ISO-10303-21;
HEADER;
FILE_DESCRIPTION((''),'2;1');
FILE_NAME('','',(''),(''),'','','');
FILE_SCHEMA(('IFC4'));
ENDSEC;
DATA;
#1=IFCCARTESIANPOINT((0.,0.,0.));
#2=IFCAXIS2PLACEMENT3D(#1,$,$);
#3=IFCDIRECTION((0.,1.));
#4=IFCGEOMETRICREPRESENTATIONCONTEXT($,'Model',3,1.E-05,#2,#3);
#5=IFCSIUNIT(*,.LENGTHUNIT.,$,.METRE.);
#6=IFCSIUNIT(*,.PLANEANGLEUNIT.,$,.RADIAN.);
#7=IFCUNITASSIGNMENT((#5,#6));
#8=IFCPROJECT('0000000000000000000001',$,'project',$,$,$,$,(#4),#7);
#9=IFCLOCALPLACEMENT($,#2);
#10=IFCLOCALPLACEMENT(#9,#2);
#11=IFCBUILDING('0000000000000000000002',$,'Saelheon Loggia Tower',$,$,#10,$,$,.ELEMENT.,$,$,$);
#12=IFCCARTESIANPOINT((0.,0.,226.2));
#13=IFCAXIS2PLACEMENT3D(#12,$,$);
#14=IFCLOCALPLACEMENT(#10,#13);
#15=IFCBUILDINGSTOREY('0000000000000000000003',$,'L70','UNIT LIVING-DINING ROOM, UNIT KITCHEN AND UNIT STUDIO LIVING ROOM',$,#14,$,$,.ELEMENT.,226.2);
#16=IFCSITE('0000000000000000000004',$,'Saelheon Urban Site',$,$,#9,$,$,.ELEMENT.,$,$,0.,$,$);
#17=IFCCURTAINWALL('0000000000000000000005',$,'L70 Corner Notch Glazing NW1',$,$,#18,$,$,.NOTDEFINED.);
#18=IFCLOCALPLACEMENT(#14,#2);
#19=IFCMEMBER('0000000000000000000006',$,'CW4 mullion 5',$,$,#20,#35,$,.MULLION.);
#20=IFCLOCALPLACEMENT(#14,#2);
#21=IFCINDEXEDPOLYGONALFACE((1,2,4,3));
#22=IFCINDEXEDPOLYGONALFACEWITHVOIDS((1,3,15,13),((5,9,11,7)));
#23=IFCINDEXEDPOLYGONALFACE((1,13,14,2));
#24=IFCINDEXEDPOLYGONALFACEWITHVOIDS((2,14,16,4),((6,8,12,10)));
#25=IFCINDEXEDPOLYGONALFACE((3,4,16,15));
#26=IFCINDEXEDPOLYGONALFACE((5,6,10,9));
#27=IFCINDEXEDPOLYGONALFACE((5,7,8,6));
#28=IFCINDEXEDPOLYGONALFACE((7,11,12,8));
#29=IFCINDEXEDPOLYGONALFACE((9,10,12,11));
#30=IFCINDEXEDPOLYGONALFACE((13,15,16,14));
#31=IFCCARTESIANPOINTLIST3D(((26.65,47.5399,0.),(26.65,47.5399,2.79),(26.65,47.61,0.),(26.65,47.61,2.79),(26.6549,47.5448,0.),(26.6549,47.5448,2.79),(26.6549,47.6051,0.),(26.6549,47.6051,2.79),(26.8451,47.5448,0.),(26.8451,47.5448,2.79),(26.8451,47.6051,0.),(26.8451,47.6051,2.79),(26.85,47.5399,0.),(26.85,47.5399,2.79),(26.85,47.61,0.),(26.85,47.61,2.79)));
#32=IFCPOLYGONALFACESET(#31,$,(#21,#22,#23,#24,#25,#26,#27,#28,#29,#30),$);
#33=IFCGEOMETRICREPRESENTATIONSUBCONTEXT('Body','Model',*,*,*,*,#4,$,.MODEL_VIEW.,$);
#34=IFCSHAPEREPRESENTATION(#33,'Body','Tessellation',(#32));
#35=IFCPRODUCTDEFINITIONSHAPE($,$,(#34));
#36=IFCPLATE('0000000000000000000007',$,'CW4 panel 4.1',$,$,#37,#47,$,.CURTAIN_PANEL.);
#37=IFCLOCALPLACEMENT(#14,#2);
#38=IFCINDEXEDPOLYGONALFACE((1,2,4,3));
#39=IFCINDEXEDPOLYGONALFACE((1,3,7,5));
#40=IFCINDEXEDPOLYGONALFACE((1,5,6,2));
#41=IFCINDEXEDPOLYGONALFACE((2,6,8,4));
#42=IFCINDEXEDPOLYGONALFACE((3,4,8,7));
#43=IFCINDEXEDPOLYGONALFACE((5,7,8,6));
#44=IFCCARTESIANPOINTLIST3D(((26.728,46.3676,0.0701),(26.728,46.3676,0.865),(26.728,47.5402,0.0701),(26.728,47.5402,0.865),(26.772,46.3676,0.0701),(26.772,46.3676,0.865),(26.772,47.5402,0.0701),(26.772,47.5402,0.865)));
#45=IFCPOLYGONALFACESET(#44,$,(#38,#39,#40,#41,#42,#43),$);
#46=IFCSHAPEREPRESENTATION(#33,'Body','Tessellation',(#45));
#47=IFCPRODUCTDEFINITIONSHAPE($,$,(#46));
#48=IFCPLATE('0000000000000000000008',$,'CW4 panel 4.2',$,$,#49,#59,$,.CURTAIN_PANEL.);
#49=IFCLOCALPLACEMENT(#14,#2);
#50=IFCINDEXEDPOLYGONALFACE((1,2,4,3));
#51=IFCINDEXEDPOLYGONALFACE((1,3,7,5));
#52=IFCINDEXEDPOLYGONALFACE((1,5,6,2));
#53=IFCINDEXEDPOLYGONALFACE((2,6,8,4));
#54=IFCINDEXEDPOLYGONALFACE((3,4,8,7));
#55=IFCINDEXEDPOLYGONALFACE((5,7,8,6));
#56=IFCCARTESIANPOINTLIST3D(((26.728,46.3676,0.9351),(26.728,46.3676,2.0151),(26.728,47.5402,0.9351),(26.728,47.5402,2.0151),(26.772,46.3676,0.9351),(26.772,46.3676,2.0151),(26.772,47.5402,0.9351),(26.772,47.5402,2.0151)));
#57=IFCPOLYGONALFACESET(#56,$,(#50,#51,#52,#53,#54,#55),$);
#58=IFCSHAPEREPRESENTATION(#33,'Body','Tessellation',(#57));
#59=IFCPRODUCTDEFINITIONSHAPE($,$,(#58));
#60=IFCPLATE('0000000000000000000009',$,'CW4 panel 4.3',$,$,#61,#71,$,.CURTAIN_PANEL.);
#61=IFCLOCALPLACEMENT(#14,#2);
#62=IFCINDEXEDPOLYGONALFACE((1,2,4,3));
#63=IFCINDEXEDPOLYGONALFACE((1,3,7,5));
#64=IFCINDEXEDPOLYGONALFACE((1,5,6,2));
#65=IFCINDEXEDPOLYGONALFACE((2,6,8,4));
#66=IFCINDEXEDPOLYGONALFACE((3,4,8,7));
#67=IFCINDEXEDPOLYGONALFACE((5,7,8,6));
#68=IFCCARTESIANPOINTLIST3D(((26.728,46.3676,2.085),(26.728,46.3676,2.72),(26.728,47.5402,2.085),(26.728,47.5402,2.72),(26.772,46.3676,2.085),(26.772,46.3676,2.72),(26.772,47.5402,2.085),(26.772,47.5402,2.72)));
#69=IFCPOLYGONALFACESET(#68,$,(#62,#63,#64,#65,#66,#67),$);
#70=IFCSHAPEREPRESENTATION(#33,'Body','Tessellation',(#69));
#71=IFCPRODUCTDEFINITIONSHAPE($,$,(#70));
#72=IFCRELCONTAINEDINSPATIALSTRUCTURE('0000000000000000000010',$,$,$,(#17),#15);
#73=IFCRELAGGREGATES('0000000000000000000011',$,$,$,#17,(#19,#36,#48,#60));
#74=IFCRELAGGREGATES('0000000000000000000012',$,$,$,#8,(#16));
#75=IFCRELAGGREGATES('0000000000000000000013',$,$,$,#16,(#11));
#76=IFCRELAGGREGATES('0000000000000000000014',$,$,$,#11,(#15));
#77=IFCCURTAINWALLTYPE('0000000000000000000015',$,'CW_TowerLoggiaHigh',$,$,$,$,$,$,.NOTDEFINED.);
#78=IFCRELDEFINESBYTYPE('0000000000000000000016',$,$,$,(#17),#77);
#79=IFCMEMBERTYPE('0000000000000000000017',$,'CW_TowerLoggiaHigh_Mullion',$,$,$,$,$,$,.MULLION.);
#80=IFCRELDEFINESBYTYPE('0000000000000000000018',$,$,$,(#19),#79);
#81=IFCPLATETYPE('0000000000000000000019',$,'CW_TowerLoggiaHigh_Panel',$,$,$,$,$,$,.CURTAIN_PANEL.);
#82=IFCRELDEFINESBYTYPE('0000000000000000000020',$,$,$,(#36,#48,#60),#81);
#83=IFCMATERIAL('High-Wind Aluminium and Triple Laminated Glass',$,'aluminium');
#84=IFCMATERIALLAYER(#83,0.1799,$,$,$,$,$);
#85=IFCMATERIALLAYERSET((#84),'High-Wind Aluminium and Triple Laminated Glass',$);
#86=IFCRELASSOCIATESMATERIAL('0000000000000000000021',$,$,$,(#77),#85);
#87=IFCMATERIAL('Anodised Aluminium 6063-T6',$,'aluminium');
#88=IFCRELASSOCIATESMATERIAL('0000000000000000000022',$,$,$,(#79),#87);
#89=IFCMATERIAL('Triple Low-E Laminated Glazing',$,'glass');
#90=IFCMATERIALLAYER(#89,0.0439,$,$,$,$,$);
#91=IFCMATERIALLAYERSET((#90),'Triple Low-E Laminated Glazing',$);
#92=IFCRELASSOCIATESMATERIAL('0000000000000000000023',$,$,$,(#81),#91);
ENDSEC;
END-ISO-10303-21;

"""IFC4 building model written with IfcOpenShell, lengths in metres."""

from ifc_helpers import new_model, si_unit, direction, frame, origin, origin_2d, place, context, subcontext, project, spatial, rectangle, hollow_rectangle, extrude, source, transform, mapped, material, layer, layer_set, material_profile, profile_set, type_object, element, aggregate, save


model = new_model("IFC4")

# Units and contexts
model_context = context("Model", 3, precision=1e-05, world=origin(), true_north=direction((0.0, 1.0)))
body_context = subcontext(model_context, "Body", "Model", "MODEL_VIEW")
ifc_project = project(units=[si_unit("LENGTHUNIT", "METRE"), si_unit("PLANEANGLEUNIT", "RADIAN")], contexts=[model_context])

# Site, building, storey
site_placement = place(None, origin())
site = spatial("IfcSite", under=ifc_project, at=site_placement, Name="Saelheon Urban Site", CompositionType="ELEMENT", RefElevation=0.0)
building_placement = place(site_placement, origin())
building = spatial("IfcBuilding", under=site, at=building_placement, Name="Saelheon Loggia Tower", CompositionType="ELEMENT")
storey_placement = place(building_placement, frame((0.0, 0.0, 226.2)))
storey = spatial("IfcBuildingStorey", under=building, at=storey_placement, Name="L70", Description="UNIT LIVING-DINING ROOM, UNIT KITCHEN AND UNIT STUDIO LIVING ROOM", CompositionType="ELEMENT", Elevation=226.2)

# Curtain wall, member, plates
ifc_material_1 = material(Name="High-Wind Aluminium and Triple Laminated Glass", Category="aluminium")
ifc_layer_1 = layer(ifc_material_1, 0.1799)
ifc_layer_set_1 = layer_set([ifc_layer_1], Name="High-Wind Aluminium and Triple Laminated Glass")
curtain_wall_type = type_object("IfcCurtainWallType", Name="CW_TowerLoggiaHigh", PredefinedType="NOTDEFINED", material=ifc_layer_set_1)
curtain_wall_placement = place(storey_placement, origin())
curtain_wall = element("IfcCurtainWall", 1, at=curtain_wall_placement, inside=storey, type_object=curtain_wall_type, Name="L70 Corner Notch Glazing NW1", PredefinedType="NOTDEFINED")
ifc_material_2 = material(Name="Anodised Aluminium 6063-T6", Category="aluminium")
ifc_material_profile_1 = material_profile(ifc_material_2, hollow_rectangle(XDim=0.0701, YDim=0.2, WallThickness=0.0049, at=origin_2d()), Name="RHS-200x70x5")
ifc_profile_set_1 = profile_set([ifc_material_profile_1], Name="Anodised Aluminium 6063-T6")
member_type_1 = type_object("IfcMemberType", Name="CW_TowerLoggiaHigh_Mullion", PredefinedType="MULLION", material=ifc_profile_set_1)
shared_shape_1 = source(origin(), body_context, "Body", "SweptSolid", [
    extrude(hollow_rectangle(XDim=0.0701, YDim=0.2, WallThickness=0.0049, at=origin_2d()), origin(), (0.0, 0.0, 1.0), 2.79),
])
member_1_placement = place(storey_placement, frame((26.75, 47.575, 0.0), z_axis=(0.0, 0.0, 1.0), x_axis=(0.0, 1.0, 0.0)))
member_1 = element("IfcMember", 2, at=member_1_placement, type_object=member_type_1, Name="CW4 mullion 5", PredefinedType="MULLION", context=body_context, shape_type="MappedRepresentation", body=[
    mapped(shared_shape_1, transform((0.0, 0.0, 0.0), scale=1.0)),
])
ifc_material_3 = material(Name="Triple Low-E Laminated Glazing", Category="glass")
ifc_layer_2 = layer(ifc_material_3, 0.0439)
ifc_layer_set_2 = layer_set([ifc_layer_2], Name="Triple Low-E Laminated Glazing")
plate_type = type_object("IfcPlateType", Name="CW_TowerLoggiaHigh_Panel", PredefinedType="CURTAIN_PANEL", material=ifc_layer_set_2)
shared_shape_2 = source(origin(), body_context, "Body", "SweptSolid", [
    extrude(rectangle(XDim=1.1726, YDim=0.0439, at=origin_2d()), origin(), (0.0, 0.0, 1.0), 0.7949),
])
plate_1_placement = place(storey_placement, frame((26.75, 46.9539, 0.0701), z_axis=(0.0, 0.0, 1.0), x_axis=(0.0, 1.0, 0.0)))
plate_1 = element("IfcPlate", 3, at=plate_1_placement, type_object=plate_type, Name="CW4 panel 4.1", PredefinedType="CURTAIN_PANEL", context=body_context, shape_type="MappedRepresentation", body=[
    mapped(shared_shape_2, transform((0.0, 0.0, 0.0), scale=1.0)),
])
shared_shape_3 = source(origin(), body_context, "Body", "SweptSolid", [
    extrude(rectangle(XDim=1.1726, YDim=0.0439, at=origin_2d()), origin(), (0.0, 0.0, 1.0), 1.0801),
])
plate_2_placement = place(storey_placement, frame((26.75, 46.9539, 0.9351), z_axis=(0.0, 0.0, 1.0), x_axis=(0.0, 1.0, 0.0)))
plate_2 = element("IfcPlate", 4, at=plate_2_placement, type_object=plate_type, Name="CW4 panel 4.2", PredefinedType="CURTAIN_PANEL", context=body_context, shape_type="MappedRepresentation", body=[
    mapped(shared_shape_3, transform((0.0, 0.0, 0.0), scale=1.0)),
])
shared_shape_4 = source(origin(), body_context, "Body", "SweptSolid", [
    extrude(rectangle(XDim=1.1726, YDim=0.0439, at=origin_2d()), origin(), (0.0, 0.0, 1.0), 0.635),
])
plate_3_placement = place(storey_placement, frame((26.75, 46.9539, 2.085), z_axis=(0.0, 0.0, 1.0), x_axis=(0.0, 1.0, 0.0)))
plate_3 = element("IfcPlate", 5, at=plate_3_placement, type_object=plate_type, Name="CW4 panel 4.3", PredefinedType="CURTAIN_PANEL", context=body_context, shape_type="MappedRepresentation", body=[
    mapped(shared_shape_4, transform((0.0, 0.0, 0.0), scale=1.0)),
])
aggregate(curtain_wall, [member_1, plate_1, plate_2, plate_3])

save(model, "model.ifc")
